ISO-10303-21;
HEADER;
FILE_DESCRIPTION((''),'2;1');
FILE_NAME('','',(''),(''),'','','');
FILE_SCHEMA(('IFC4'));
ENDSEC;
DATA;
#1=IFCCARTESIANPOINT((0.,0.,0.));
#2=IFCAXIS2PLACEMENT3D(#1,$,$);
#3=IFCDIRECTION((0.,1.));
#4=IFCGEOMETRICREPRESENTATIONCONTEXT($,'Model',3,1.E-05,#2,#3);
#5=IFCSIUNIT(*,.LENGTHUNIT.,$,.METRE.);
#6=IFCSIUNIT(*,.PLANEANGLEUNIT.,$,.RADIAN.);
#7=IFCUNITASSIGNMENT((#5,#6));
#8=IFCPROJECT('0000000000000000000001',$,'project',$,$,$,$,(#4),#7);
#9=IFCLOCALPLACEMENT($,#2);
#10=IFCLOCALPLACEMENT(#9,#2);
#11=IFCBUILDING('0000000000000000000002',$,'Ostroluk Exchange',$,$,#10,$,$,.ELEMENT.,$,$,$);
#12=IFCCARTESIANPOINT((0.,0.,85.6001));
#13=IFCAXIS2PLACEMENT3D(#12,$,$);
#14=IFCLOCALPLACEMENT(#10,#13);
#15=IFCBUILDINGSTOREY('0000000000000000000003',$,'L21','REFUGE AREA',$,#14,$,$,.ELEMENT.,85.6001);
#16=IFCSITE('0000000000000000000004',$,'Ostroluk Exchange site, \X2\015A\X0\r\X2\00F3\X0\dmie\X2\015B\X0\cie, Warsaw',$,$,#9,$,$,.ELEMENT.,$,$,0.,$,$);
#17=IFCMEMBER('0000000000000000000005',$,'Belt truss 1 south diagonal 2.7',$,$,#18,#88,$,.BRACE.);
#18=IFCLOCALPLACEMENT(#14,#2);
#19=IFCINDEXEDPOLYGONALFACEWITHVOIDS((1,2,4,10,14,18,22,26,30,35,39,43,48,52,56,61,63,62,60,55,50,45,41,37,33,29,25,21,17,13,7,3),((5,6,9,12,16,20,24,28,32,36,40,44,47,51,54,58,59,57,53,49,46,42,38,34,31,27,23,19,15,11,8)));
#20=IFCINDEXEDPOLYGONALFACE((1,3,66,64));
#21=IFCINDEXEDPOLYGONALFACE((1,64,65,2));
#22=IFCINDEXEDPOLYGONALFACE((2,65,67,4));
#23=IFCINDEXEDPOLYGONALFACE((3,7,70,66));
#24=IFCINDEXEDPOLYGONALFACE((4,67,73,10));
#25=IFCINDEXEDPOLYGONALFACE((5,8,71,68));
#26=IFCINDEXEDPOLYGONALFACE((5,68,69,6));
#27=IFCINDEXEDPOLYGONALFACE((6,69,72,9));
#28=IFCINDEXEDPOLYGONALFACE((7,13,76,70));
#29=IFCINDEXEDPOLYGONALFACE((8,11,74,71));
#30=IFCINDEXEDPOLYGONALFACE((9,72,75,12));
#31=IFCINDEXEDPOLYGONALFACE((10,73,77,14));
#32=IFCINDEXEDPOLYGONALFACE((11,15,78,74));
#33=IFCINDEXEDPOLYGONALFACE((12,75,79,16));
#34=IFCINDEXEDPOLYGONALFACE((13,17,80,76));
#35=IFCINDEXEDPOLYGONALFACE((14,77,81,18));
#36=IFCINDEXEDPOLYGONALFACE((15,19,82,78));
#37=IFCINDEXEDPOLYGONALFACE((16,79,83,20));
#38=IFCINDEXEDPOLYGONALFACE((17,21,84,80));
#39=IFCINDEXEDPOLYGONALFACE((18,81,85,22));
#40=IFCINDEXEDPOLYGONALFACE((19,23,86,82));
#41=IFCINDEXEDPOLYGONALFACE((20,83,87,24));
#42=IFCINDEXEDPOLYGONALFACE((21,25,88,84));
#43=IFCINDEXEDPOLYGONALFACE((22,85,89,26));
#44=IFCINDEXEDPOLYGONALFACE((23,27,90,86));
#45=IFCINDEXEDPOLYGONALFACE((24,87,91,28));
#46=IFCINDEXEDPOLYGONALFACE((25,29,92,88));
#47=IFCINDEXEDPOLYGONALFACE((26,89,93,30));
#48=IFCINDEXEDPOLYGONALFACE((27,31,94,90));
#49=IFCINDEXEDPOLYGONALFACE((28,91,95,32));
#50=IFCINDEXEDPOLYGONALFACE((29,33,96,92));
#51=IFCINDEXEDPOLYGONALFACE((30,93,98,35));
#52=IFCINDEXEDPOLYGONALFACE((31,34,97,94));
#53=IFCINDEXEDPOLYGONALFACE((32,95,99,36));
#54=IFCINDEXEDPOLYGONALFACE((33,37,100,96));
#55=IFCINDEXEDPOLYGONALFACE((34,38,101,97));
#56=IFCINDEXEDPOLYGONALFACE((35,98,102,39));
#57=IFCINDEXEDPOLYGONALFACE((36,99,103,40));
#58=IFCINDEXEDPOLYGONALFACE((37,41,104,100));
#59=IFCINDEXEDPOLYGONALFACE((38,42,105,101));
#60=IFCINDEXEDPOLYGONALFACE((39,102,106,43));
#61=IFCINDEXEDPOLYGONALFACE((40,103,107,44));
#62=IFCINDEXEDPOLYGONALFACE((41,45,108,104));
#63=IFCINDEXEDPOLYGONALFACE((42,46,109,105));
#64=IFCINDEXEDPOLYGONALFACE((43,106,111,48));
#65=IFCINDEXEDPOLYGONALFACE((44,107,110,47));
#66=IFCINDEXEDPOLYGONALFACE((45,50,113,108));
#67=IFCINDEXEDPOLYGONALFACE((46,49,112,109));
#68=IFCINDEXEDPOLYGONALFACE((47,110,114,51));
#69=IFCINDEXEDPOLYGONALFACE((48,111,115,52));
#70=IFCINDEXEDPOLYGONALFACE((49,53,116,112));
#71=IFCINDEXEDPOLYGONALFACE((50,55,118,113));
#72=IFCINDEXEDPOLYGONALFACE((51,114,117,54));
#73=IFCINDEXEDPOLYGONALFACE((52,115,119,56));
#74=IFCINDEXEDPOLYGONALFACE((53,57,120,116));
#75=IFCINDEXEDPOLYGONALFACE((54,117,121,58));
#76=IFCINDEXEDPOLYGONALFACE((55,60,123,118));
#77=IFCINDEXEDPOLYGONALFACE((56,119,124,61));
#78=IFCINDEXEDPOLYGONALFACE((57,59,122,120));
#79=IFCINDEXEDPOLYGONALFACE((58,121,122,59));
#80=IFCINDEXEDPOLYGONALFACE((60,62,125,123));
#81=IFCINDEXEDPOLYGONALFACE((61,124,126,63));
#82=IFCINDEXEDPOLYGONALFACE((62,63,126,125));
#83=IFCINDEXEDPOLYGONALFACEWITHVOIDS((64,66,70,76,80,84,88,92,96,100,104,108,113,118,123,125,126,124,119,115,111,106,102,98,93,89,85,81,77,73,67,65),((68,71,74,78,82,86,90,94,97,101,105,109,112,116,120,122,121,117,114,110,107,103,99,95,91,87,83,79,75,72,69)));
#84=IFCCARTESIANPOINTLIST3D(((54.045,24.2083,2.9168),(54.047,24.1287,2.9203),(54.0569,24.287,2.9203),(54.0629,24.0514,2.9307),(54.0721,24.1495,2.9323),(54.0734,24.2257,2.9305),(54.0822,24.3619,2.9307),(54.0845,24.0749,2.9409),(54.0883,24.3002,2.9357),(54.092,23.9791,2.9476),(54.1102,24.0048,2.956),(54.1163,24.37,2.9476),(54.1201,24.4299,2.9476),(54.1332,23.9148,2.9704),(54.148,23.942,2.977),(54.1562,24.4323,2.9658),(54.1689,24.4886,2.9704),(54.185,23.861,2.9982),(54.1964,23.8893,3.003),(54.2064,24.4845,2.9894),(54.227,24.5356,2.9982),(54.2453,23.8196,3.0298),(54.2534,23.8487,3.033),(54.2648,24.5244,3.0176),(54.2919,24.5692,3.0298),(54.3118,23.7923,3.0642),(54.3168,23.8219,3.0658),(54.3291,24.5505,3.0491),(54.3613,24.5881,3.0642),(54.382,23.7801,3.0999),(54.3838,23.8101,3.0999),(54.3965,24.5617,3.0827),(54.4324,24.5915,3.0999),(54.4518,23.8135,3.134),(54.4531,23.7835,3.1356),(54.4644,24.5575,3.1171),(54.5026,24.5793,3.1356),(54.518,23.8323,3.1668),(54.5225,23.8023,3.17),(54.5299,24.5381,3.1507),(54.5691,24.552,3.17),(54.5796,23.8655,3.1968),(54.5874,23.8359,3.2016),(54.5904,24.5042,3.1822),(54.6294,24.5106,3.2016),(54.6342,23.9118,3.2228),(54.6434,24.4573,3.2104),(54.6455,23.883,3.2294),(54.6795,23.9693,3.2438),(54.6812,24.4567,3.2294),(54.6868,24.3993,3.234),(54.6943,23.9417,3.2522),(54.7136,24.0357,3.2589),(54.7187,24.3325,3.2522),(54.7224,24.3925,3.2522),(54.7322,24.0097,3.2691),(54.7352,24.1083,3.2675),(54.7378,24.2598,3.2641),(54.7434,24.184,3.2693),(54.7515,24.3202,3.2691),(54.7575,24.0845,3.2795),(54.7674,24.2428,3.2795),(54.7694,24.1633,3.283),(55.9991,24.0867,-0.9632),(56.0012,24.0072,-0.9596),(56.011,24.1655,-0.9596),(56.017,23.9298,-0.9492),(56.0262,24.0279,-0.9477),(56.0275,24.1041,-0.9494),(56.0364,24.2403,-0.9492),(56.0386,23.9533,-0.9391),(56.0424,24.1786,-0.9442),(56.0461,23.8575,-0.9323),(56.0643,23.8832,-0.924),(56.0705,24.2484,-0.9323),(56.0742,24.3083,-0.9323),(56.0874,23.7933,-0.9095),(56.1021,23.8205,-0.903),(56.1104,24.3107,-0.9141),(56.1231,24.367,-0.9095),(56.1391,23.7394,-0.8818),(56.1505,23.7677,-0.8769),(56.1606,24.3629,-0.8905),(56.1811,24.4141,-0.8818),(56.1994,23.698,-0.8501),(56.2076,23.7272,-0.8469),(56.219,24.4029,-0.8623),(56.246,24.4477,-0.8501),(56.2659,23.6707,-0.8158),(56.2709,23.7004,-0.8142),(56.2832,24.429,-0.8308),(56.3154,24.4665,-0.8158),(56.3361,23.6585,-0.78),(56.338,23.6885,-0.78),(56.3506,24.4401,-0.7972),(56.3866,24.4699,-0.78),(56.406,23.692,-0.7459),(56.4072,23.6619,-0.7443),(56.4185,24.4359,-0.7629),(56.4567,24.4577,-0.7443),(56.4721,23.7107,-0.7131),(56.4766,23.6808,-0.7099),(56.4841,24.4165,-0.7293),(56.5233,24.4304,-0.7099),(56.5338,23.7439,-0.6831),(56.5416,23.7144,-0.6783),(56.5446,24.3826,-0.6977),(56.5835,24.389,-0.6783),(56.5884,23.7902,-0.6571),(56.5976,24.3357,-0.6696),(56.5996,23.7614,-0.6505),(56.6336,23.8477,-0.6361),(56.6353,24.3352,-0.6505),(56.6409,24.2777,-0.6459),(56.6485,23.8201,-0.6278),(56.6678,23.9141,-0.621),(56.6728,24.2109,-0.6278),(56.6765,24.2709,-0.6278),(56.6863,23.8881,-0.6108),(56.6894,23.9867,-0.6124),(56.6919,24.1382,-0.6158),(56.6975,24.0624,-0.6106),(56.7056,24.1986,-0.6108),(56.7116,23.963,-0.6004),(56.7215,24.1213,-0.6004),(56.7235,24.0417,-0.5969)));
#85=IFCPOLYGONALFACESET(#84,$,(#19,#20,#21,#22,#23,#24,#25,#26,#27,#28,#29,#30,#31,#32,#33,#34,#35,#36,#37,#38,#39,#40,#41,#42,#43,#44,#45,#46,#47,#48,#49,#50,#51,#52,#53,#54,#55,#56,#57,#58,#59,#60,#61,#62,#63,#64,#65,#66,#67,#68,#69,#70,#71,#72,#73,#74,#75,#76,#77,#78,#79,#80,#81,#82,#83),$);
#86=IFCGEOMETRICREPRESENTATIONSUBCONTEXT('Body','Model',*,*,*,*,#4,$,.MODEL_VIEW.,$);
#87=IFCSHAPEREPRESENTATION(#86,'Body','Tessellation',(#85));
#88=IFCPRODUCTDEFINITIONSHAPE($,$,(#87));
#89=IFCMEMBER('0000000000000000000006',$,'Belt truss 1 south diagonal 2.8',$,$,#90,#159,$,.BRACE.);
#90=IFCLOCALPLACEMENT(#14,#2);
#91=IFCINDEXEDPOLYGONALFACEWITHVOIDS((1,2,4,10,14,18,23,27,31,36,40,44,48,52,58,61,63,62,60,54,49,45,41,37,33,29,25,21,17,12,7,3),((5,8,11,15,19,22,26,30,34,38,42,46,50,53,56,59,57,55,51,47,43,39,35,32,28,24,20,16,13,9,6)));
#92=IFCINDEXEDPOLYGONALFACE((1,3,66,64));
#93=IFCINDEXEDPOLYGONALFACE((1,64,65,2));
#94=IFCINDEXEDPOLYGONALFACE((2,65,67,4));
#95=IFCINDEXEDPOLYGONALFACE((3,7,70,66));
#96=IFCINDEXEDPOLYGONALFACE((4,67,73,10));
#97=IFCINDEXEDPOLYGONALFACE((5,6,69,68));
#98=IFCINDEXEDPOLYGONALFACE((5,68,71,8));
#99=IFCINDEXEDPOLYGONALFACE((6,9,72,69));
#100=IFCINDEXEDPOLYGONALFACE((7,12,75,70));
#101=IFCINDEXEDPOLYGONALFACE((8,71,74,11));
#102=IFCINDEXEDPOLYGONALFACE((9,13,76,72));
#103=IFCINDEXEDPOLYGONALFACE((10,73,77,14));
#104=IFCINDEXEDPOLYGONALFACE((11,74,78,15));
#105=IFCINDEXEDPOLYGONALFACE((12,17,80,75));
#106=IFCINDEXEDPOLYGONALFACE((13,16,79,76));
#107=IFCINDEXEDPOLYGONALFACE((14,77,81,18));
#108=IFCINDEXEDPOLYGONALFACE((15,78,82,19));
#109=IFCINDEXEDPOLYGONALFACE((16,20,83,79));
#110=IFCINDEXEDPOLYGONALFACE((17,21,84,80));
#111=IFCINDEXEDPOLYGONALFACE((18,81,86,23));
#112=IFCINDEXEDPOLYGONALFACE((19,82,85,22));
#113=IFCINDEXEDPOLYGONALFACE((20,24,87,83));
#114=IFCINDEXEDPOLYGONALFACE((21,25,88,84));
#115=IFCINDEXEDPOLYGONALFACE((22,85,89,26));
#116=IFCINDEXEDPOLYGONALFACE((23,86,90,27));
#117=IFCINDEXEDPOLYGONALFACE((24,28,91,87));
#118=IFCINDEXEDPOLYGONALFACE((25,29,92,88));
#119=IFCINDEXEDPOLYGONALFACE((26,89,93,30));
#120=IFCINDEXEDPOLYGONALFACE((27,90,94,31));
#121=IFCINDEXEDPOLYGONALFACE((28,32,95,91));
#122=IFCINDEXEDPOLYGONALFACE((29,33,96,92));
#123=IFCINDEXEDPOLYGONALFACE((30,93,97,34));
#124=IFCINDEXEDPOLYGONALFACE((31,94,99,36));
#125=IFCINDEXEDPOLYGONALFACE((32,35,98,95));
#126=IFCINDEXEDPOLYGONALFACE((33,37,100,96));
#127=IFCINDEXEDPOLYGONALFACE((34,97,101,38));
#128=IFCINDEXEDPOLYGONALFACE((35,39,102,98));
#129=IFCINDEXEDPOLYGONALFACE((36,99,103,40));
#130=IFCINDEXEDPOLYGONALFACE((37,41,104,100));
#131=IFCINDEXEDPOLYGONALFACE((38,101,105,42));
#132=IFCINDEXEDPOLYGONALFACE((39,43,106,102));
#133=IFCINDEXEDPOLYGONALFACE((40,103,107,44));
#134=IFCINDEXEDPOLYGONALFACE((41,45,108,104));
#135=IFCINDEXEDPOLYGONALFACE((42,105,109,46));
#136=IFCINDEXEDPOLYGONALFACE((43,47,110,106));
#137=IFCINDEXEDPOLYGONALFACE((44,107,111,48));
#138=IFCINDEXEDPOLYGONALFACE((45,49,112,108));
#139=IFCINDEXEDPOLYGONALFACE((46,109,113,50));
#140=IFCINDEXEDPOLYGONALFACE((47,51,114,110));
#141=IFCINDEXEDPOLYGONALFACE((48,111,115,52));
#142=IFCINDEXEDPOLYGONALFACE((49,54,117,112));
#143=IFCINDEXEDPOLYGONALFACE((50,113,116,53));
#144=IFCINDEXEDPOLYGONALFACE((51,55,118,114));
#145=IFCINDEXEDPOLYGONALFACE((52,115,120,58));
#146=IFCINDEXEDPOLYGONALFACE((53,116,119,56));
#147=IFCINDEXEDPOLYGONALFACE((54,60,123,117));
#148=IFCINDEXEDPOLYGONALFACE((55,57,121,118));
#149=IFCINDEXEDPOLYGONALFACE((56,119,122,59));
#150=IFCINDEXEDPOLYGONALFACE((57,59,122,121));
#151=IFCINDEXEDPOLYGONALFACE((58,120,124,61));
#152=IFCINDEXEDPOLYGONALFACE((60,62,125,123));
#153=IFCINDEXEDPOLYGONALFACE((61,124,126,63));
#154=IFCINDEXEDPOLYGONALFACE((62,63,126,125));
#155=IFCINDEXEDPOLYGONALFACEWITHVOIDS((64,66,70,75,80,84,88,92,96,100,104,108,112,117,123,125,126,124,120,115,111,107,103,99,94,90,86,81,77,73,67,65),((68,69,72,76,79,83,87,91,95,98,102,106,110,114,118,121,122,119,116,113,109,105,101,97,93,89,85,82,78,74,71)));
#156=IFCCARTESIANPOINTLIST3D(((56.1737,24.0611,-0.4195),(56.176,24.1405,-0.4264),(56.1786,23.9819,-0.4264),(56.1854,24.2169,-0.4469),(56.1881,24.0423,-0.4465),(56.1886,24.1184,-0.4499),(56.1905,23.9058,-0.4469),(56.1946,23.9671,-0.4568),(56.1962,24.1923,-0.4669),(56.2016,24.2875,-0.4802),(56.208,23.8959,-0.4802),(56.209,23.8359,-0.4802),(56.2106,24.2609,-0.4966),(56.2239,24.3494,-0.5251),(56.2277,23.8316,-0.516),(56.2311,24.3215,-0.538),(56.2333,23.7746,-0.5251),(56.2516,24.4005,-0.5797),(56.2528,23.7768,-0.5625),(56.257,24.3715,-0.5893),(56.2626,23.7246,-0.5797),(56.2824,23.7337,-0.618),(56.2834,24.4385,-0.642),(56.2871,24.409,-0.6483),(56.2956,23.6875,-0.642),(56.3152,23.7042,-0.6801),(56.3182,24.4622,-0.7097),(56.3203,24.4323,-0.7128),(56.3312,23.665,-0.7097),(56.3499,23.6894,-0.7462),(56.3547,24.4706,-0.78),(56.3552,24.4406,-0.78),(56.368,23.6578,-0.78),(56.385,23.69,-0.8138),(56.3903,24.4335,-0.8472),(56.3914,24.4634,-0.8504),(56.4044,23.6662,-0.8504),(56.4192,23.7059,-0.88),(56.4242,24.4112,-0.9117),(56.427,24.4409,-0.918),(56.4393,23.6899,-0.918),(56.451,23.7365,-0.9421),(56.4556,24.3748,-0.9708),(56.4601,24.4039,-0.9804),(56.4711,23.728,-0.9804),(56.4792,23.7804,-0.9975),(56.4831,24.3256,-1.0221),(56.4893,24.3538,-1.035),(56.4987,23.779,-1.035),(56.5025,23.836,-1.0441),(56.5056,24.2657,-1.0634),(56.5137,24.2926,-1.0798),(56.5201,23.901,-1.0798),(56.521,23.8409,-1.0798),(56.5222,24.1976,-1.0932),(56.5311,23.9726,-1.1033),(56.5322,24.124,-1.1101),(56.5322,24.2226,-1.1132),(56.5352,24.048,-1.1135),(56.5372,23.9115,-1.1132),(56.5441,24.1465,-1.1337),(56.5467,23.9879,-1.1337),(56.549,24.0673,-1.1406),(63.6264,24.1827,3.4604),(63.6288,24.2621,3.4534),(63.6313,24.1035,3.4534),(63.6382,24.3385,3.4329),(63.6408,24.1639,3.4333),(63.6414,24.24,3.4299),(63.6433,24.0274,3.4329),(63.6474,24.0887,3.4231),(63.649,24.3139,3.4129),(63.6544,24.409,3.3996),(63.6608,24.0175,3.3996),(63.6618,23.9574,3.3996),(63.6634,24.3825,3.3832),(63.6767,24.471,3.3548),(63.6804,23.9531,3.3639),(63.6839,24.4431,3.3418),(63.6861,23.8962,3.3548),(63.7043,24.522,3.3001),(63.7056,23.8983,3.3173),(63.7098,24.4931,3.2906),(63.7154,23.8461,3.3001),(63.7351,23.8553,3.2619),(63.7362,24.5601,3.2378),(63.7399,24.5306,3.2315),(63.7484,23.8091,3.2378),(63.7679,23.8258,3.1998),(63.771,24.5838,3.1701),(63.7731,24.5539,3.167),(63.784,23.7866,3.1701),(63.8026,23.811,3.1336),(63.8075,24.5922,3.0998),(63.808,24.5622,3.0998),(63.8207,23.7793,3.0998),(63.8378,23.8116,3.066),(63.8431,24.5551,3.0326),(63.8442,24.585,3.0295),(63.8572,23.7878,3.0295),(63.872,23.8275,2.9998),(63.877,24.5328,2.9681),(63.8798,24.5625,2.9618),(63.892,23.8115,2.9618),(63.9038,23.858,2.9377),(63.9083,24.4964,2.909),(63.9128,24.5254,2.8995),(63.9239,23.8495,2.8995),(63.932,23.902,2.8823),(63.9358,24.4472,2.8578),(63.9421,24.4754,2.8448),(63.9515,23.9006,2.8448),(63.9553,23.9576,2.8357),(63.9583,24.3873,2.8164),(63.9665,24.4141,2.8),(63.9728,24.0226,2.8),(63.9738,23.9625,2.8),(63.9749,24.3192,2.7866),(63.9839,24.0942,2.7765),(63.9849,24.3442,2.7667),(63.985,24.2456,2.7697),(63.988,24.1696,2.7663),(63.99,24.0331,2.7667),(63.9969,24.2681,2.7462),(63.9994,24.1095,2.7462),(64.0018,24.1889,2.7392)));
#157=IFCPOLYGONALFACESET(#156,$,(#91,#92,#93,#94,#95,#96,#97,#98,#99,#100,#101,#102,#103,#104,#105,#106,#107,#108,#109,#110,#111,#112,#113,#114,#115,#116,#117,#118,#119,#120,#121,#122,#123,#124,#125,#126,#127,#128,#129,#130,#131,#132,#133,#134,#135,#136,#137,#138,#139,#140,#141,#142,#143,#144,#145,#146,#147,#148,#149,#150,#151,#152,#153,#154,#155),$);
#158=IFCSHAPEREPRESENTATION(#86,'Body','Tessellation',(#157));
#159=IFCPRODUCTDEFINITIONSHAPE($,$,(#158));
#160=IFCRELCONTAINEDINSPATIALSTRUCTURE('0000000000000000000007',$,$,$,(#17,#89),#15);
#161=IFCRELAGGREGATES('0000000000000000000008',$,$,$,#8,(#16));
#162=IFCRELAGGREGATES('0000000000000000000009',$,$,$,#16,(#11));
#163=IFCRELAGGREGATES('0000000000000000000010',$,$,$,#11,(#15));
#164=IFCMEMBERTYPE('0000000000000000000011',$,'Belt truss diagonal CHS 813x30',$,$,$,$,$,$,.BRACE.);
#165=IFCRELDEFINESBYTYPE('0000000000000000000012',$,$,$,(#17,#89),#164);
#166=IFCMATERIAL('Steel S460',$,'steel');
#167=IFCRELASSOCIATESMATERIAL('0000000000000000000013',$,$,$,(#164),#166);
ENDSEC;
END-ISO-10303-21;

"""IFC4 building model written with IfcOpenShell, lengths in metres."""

from ifc_helpers import new_model, si_unit, direction, frame, origin, origin_2d, place, context, subcontext, project, spatial, hollow_circle, extrude, material, material_profile, profile_set, type_object, element, save


model = new_model("IFC4")

# Units and contexts
model_context = context("Model", 3, precision=1e-05, world=origin(), true_north=direction((0.0, 1.0)))
body_context = subcontext(model_context, "Body", "Model", "MODEL_VIEW")
ifc_project = project(units=[si_unit("LENGTHUNIT", "METRE"), si_unit("PLANEANGLEUNIT", "RADIAN")], contexts=[model_context])

# Site, building, storey
site_placement = place(None, origin())
site = spatial("IfcSite", under=ifc_project, at=site_placement, Name="Ostroluk Exchange site, Śródmieście, Warsaw", CompositionType="ELEMENT", RefElevation=0.0)
building_placement = place(site_placement, origin())
building = spatial("IfcBuilding", under=site, at=building_placement, Name="Ostroluk Exchange", CompositionType="ELEMENT")
storey_placement = place(building_placement, frame((0.0, 0.0, 85.6001)))
storey = spatial("IfcBuildingStorey", under=building, at=storey_placement, Name="L21", Description="REFUGE AREA", CompositionType="ELEMENT", Elevation=85.6001)

# Members
ifc_material_1 = material(Name="Steel S460", Category="steel")
ifc_material_profile_1 = material_profile(ifc_material_1, hollow_circle(Radius=0.4065, WallThickness=0.03, at=origin_2d()), Name="CHS 813x30")
ifc_profile_set_1 = profile_set([ifc_material_profile_1], Name="Steel S460")
member_type_1 = type_object("IfcMemberType", Name="Belt truss diagonal CHS 813x30", PredefinedType="BRACE", material=ifc_profile_set_1)
member_1_placement = place(storey_placement, frame((56.3613, 24.0642, -0.78), z_axis=(-0.449643, 0.027976, 0.89277), x_axis=(-0.062099, -0.99807, 0.0)))
element("IfcMember", 1, at=member_1_placement, inside=storey, type_object=member_type_1, Name="Belt truss 1 south diagonal 2.7", PredefinedType="BRACE", context=body_context, shape_type="SweptSolid", body=[
    extrude(hollow_circle(Radius=0.4065, WallThickness=0.03, at=origin_2d()), origin(), (0.0, 0.0, 1.0), 4.3459),
])
member_2_placement = place(storey_placement, frame((56.3613, 24.0642, -0.78), z_axis=(0.88691, 0.014469, 0.461715), x_axis=(-0.016311, 0.999867, 0.0)))
element("IfcMember", 2, at=member_2_placement, inside=storey, type_object=member_type_1, Name="Belt truss 1 south diagonal 2.8", PredefinedType="BRACE", context=body_context, shape_type="SweptSolid", body=[
    extrude(hollow_circle(Radius=0.4065, WallThickness=0.03, at=origin_2d()), origin(), (0.0, 0.0, 1.0), 8.4031),
])

save(model, "model.ifc")
